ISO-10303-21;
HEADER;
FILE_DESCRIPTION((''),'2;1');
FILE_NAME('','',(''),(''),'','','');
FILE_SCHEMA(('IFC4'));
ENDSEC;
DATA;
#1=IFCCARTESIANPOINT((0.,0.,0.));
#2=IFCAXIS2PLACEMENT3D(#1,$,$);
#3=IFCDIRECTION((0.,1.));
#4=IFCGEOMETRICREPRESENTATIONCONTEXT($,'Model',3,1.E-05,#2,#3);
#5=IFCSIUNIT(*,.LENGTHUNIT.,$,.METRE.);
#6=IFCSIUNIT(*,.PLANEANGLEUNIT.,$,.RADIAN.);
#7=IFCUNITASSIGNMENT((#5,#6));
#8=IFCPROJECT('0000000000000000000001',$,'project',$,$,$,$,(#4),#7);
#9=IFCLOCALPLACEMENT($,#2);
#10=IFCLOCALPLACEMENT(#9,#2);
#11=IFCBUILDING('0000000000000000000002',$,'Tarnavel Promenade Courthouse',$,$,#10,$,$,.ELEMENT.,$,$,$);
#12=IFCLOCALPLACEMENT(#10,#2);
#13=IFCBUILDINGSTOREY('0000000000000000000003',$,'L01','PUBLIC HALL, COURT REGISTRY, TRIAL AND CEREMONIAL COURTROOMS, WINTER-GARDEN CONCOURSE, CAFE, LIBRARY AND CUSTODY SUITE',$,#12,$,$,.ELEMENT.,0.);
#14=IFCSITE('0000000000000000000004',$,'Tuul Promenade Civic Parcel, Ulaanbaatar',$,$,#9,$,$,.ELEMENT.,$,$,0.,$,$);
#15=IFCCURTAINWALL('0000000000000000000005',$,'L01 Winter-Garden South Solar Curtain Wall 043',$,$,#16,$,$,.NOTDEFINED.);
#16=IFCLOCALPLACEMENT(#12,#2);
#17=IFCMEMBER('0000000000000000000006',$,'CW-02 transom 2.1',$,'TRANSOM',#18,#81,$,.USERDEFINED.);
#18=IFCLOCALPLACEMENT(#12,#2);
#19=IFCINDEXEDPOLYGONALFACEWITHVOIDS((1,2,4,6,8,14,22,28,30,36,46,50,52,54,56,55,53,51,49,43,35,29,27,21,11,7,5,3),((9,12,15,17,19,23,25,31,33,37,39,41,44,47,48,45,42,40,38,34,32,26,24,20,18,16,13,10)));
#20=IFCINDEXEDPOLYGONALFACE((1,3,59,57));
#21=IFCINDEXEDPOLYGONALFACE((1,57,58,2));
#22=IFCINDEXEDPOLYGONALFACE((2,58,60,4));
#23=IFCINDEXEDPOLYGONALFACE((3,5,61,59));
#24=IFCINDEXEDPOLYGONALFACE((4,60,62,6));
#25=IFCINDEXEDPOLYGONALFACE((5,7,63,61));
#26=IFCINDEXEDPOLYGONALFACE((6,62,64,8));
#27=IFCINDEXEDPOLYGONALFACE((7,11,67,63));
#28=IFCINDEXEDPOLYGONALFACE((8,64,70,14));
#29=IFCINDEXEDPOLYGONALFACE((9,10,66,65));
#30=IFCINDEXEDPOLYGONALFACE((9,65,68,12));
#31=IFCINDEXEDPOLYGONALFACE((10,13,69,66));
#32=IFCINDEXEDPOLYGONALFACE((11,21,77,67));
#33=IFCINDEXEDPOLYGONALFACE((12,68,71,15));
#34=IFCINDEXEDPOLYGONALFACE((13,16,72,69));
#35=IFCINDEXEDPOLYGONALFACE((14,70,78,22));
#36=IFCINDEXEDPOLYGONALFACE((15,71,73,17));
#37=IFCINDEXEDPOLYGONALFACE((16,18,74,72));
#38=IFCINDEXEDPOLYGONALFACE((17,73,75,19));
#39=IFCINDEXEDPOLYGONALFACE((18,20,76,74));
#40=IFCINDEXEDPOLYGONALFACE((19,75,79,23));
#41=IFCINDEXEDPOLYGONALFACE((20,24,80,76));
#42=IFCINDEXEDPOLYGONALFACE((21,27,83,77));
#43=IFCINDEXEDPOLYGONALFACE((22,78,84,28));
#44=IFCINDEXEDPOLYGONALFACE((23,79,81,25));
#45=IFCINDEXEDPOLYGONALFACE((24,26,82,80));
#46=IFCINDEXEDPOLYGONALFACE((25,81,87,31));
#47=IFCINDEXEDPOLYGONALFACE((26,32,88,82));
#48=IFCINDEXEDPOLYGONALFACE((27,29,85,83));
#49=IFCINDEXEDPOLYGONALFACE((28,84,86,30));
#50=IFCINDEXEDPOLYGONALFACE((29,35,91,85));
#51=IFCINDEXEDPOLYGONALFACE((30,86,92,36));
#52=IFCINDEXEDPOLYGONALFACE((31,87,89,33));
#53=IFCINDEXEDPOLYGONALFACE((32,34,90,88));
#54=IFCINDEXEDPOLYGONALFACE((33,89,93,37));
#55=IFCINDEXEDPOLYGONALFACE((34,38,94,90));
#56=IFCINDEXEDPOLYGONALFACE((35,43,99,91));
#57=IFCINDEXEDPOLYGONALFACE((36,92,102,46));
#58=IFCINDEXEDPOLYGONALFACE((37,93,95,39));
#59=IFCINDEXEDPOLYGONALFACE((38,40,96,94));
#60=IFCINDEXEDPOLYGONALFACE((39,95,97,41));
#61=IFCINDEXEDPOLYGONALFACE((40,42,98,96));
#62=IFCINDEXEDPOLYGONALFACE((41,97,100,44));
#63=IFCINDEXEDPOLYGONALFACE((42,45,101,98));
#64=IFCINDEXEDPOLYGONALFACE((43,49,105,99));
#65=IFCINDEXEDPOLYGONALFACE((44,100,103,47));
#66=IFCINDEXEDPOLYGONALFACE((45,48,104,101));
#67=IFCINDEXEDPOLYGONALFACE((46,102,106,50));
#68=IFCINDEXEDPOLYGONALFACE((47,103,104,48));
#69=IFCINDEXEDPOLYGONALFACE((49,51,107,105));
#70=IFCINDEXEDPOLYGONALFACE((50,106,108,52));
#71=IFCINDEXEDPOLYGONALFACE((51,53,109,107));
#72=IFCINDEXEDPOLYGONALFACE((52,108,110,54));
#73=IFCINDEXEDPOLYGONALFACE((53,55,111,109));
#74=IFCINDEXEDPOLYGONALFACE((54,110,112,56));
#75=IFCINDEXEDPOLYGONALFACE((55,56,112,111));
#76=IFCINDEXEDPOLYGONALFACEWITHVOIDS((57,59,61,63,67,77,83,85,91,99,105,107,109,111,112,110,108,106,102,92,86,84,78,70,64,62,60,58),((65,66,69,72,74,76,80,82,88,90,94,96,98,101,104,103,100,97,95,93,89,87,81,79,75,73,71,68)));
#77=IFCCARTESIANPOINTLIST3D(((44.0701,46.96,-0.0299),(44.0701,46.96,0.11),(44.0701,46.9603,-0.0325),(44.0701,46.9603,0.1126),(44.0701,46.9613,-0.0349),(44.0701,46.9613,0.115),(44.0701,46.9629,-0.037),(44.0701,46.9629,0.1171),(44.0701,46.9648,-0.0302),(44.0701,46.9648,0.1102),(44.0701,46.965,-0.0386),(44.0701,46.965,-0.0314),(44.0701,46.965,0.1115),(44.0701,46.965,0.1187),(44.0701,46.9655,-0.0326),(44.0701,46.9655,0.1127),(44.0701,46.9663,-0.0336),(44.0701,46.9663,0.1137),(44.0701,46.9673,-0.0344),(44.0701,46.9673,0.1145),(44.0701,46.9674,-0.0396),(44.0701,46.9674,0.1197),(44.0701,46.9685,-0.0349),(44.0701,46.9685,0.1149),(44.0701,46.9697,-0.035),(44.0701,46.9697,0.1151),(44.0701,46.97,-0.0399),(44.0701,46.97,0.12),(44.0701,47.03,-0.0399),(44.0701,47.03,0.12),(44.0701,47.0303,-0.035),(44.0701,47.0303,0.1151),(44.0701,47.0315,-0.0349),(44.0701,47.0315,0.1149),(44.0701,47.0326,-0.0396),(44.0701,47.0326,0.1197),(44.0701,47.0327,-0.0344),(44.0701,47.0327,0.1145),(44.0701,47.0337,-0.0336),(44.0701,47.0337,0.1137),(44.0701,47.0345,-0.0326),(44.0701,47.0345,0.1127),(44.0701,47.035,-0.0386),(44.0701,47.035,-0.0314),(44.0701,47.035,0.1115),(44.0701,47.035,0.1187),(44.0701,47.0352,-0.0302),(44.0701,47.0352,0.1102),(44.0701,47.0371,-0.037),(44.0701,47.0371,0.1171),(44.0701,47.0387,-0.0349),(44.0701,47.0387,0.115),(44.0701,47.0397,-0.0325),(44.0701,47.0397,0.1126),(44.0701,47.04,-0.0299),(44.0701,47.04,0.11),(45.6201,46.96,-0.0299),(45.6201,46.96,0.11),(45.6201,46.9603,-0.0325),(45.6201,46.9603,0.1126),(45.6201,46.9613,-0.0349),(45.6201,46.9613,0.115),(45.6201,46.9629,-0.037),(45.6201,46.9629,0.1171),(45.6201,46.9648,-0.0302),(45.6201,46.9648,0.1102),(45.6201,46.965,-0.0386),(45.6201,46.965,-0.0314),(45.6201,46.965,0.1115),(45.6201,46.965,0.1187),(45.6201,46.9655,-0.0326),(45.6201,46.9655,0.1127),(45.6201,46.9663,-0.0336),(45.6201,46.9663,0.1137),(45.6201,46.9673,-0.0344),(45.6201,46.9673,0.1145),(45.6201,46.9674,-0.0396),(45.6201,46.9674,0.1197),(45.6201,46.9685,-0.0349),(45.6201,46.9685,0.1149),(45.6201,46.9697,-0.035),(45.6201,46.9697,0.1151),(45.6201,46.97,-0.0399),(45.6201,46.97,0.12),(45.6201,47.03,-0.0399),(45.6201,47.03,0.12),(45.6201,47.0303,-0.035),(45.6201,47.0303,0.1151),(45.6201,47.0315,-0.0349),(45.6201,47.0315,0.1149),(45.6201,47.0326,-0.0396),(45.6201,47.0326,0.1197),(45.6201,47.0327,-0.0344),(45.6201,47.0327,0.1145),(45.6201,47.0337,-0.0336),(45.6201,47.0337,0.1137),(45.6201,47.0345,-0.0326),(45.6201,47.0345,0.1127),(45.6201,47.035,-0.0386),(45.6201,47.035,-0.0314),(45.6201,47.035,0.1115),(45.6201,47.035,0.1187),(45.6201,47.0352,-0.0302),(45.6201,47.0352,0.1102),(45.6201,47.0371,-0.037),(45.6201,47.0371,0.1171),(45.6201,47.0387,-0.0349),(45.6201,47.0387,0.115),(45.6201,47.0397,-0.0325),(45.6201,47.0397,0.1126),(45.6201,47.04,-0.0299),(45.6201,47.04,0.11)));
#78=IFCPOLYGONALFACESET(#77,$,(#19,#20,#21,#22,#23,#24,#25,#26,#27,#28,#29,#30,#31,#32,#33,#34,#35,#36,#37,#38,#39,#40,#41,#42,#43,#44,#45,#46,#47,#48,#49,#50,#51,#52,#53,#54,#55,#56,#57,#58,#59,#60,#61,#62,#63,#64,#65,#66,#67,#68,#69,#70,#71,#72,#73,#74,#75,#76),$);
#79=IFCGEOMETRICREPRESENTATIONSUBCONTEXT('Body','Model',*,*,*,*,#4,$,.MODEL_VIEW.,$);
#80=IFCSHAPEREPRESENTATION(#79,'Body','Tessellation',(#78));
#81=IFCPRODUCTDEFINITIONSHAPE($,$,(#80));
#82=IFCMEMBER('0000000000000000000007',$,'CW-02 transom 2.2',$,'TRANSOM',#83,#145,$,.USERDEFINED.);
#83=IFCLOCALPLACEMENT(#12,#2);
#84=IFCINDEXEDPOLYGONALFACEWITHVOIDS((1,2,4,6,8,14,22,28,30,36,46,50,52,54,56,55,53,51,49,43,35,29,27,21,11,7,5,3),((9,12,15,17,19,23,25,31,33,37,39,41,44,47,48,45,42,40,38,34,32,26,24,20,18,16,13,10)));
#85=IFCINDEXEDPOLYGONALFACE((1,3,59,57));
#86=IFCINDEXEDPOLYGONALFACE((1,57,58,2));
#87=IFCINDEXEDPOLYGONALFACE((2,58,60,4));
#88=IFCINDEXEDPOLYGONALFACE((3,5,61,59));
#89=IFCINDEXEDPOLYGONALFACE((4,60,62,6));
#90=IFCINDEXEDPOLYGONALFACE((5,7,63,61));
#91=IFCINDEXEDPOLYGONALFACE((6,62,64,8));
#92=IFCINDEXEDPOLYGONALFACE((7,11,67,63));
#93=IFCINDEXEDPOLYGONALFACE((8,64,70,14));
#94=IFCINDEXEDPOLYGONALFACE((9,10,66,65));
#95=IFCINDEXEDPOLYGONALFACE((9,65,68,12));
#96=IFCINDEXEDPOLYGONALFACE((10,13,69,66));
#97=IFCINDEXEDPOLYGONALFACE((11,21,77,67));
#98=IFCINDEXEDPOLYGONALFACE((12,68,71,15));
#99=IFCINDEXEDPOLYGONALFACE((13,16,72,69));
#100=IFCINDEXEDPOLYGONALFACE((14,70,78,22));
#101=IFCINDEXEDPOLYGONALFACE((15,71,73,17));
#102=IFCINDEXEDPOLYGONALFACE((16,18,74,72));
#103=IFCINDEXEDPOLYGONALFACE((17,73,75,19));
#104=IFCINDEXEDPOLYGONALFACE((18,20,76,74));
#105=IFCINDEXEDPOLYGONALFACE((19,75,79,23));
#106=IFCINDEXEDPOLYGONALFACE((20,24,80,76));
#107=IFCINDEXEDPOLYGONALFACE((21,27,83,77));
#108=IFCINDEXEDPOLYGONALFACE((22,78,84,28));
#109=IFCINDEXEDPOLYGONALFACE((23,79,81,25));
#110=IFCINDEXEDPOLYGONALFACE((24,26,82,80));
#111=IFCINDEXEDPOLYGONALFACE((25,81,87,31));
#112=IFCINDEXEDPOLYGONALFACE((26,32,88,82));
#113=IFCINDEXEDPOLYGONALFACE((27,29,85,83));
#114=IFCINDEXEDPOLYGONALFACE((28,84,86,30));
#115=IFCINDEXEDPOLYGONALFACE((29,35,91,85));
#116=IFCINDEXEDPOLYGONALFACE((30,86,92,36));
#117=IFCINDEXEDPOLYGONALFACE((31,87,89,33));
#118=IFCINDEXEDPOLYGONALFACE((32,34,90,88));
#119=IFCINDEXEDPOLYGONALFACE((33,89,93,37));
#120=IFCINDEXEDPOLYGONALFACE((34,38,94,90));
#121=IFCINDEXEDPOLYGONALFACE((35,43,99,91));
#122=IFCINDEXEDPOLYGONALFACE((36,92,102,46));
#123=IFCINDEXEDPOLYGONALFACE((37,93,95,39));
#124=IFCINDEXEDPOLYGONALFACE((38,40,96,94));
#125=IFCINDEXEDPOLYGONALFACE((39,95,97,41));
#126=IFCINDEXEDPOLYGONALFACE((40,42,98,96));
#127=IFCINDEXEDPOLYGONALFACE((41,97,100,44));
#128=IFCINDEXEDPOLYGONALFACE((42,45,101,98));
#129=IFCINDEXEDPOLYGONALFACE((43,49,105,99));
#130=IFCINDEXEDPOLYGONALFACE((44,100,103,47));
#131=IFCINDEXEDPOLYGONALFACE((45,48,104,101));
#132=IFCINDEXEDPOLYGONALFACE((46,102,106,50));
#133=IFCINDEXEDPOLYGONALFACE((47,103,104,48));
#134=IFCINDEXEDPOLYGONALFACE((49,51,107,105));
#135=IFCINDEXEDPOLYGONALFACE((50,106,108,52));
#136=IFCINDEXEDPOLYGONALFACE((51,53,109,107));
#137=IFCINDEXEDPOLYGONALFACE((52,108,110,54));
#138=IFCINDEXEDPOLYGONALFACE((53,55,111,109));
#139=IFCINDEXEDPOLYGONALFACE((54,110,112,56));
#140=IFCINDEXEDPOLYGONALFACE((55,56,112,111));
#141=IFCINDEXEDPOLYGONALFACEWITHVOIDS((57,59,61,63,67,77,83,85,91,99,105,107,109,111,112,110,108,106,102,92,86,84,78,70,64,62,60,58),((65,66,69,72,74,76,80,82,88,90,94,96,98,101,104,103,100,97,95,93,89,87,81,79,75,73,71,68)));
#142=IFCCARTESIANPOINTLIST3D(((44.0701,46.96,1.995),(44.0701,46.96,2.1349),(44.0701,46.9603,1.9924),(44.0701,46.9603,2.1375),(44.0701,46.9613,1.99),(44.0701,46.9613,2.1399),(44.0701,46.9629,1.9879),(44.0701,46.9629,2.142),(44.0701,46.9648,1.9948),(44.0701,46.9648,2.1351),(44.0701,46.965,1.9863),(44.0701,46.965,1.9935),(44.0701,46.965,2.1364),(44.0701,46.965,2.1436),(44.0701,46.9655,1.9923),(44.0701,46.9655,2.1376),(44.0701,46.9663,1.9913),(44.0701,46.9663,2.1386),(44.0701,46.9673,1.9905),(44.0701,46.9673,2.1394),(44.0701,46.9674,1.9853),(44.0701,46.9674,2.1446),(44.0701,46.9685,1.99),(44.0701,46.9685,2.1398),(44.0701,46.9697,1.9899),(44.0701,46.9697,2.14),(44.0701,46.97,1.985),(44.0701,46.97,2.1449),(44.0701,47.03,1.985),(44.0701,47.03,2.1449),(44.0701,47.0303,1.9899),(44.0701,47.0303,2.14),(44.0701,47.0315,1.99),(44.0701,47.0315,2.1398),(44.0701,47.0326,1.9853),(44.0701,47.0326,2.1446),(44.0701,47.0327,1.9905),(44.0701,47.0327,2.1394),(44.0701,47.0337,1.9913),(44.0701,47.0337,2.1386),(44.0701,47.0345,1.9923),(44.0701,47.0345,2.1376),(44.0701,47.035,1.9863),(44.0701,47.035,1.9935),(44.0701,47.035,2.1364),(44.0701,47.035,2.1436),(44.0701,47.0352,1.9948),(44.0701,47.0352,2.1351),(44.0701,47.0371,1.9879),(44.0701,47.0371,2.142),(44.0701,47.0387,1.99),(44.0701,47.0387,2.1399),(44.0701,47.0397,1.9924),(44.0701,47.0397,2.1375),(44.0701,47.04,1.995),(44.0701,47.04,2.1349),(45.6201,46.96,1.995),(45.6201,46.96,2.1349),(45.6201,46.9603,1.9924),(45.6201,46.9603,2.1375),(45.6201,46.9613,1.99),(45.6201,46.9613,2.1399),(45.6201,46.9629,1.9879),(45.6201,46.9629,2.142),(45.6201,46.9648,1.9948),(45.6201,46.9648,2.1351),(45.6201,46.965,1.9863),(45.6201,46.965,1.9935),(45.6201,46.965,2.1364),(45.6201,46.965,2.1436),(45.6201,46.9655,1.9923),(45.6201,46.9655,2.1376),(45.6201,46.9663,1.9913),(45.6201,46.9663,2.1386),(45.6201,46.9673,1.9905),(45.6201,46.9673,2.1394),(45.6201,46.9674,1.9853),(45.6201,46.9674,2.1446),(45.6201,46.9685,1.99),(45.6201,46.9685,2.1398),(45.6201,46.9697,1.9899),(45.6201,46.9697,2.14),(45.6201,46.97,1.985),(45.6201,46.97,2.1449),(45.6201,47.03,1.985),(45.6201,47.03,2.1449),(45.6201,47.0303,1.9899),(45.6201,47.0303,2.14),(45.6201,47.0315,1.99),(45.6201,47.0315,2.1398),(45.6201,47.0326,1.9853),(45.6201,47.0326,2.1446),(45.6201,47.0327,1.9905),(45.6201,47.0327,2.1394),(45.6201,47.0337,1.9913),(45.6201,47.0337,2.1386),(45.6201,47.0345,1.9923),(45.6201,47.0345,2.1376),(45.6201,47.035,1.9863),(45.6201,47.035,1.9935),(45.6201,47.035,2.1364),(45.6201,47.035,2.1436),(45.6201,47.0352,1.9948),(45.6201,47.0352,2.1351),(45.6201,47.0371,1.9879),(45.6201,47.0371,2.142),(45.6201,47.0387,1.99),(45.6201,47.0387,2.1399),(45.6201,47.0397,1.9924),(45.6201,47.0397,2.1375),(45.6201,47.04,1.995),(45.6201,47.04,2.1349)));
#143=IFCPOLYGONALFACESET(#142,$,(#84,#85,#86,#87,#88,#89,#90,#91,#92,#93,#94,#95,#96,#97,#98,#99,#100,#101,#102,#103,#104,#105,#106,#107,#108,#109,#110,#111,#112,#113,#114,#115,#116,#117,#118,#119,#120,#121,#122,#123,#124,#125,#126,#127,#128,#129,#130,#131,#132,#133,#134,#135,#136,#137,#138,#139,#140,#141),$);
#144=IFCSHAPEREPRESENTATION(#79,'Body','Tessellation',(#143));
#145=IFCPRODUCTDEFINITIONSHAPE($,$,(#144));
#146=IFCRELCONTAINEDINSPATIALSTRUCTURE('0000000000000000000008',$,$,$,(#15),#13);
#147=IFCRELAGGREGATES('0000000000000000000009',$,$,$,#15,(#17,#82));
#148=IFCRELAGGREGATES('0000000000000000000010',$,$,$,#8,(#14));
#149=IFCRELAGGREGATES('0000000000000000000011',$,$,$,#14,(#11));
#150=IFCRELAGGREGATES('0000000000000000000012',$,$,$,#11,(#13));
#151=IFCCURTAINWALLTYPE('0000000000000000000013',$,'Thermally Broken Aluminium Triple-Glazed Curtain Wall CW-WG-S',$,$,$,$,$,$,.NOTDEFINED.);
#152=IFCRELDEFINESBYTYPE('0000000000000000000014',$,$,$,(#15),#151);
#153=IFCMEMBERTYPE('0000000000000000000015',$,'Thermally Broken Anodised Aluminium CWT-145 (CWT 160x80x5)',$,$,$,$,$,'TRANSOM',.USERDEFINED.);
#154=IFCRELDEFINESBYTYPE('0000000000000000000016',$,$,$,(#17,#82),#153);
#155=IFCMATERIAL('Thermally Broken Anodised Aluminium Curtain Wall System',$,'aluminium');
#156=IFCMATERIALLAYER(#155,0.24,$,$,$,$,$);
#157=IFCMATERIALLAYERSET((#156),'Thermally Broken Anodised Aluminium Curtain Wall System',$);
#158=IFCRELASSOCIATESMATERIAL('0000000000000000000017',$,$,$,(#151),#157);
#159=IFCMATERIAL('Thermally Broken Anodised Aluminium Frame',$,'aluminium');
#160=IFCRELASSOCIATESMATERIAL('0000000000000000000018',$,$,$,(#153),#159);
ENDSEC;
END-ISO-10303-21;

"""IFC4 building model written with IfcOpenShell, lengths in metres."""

from ifc_helpers import new_model, si_unit, direction, frame, origin, origin_2d, place, context, subcontext, project, spatial, hollow_rectangle, extrude, material, layer, layer_set, material_profile, profile_set, type_object, element, aggregate, save


model = new_model("IFC4")

# Units and contexts
model_context = context("Model", 3, precision=1e-05, world=origin(), true_north=direction((0.0, 1.0)))
body_context = subcontext(model_context, "Body", "Model", "MODEL_VIEW")
ifc_project = project(units=[si_unit("LENGTHUNIT", "METRE"), si_unit("PLANEANGLEUNIT", "RADIAN")], contexts=[model_context])

# Site, building, storey
site_placement = place(None, origin())
site = spatial("IfcSite", under=ifc_project, at=site_placement, Name="Tuul Promenade Civic Parcel, Ulaanbaatar", CompositionType="ELEMENT", RefElevation=0.0)
building_placement = place(site_placement, origin())
building = spatial("IfcBuilding", under=site, at=building_placement, Name="Tarnavel Promenade Courthouse", CompositionType="ELEMENT")
storey_placement = place(building_placement, origin())
storey = spatial("IfcBuildingStorey", under=building, at=storey_placement, Name="L01", Description="PUBLIC HALL, COURT REGISTRY, TRIAL AND CEREMONIAL COURTROOMS, WINTER-GARDEN CONCOURSE, CAFE, LIBRARY AND CUSTODY SUITE", CompositionType="ELEMENT", Elevation=0.0)

# Curtain wall
ifc_material_1 = material(Name="Thermally Broken Anodised Aluminium Curtain Wall System", Category="aluminium")
ifc_layer_1 = layer(ifc_material_1, 0.24)
ifc_layer_set_1 = layer_set([ifc_layer_1], Name="Thermally Broken Anodised Aluminium Curtain Wall System")
curtain_wall_type = type_object("IfcCurtainWallType", Name="Thermally Broken Aluminium Triple-Glazed Curtain Wall CW-WG-S", PredefinedType="NOTDEFINED", material=ifc_layer_set_1)
curtain_wall_1_placement = place(storey_placement, origin())
curtain_wall_1 = element("IfcCurtainWall", 1, at=curtain_wall_1_placement, inside=storey, type_object=curtain_wall_type, Name="L01 Winter-Garden South Solar Curtain Wall 043", PredefinedType="NOTDEFINED")
ifc_material_2 = material(Name="Thermally Broken Anodised Aluminium Frame", Category="aluminium")

# Members
ifc_material_profile_1 = material_profile(ifc_material_2, hollow_rectangle(XDim=0.0801, YDim=0.1599, WallThickness=0.0049, InnerFilletRadius=0.0049, OuterFilletRadius=0.01, at=origin_2d()), Name="CWT 160x80x5")
ifc_profile_set_1 = profile_set([ifc_material_profile_1], Name="Thermally Broken Anodised Aluminium Frame")
member_type_1 = type_object("IfcMemberType", Name="Thermally Broken Anodised Aluminium CWT-145 (CWT 160x80x5)", ElementType="TRANSOM", PredefinedType="USERDEFINED", material=ifc_profile_set_1)
member_1_placement = place(storey_placement, frame((44.0701, 47.0, 0.04), z_axis=(1.0, 0.0, 0.0), x_axis=(0.0, 1.0, 0.0)))
member_1 = element("IfcMember", 2, at=member_1_placement, type_object=member_type_1, Name="CW-02 transom 2.1", ObjectType="TRANSOM", PredefinedType="USERDEFINED", context=body_context, shape_type="SweptSolid", body=[
    extrude(hollow_rectangle(XDim=0.0801, YDim=0.1599, WallThickness=0.0049, InnerFilletRadius=0.0049, OuterFilletRadius=0.01, at=origin_2d()), origin(), (0.0, 0.0, 1.0), 1.55),
])
member_2_placement = place(storey_placement, frame((44.0701, 47.0, 2.0649), z_axis=(1.0, 0.0, 0.0), x_axis=(0.0, 1.0, 0.0)))
member_2 = element("IfcMember", 3, at=member_2_placement, type_object=member_type_1, Name="CW-02 transom 2.2", ObjectType="TRANSOM", PredefinedType="USERDEFINED", context=body_context, shape_type="SweptSolid", body=[
    extrude(hollow_rectangle(XDim=0.0801, YDim=0.1599, WallThickness=0.0049, InnerFilletRadius=0.0049, OuterFilletRadius=0.01, at=origin_2d()), origin(), (0.0, 0.0, 1.0), 1.55),
])

aggregate(curtain_wall_1, [member_1, member_2])

save(model, "model.ifc")
